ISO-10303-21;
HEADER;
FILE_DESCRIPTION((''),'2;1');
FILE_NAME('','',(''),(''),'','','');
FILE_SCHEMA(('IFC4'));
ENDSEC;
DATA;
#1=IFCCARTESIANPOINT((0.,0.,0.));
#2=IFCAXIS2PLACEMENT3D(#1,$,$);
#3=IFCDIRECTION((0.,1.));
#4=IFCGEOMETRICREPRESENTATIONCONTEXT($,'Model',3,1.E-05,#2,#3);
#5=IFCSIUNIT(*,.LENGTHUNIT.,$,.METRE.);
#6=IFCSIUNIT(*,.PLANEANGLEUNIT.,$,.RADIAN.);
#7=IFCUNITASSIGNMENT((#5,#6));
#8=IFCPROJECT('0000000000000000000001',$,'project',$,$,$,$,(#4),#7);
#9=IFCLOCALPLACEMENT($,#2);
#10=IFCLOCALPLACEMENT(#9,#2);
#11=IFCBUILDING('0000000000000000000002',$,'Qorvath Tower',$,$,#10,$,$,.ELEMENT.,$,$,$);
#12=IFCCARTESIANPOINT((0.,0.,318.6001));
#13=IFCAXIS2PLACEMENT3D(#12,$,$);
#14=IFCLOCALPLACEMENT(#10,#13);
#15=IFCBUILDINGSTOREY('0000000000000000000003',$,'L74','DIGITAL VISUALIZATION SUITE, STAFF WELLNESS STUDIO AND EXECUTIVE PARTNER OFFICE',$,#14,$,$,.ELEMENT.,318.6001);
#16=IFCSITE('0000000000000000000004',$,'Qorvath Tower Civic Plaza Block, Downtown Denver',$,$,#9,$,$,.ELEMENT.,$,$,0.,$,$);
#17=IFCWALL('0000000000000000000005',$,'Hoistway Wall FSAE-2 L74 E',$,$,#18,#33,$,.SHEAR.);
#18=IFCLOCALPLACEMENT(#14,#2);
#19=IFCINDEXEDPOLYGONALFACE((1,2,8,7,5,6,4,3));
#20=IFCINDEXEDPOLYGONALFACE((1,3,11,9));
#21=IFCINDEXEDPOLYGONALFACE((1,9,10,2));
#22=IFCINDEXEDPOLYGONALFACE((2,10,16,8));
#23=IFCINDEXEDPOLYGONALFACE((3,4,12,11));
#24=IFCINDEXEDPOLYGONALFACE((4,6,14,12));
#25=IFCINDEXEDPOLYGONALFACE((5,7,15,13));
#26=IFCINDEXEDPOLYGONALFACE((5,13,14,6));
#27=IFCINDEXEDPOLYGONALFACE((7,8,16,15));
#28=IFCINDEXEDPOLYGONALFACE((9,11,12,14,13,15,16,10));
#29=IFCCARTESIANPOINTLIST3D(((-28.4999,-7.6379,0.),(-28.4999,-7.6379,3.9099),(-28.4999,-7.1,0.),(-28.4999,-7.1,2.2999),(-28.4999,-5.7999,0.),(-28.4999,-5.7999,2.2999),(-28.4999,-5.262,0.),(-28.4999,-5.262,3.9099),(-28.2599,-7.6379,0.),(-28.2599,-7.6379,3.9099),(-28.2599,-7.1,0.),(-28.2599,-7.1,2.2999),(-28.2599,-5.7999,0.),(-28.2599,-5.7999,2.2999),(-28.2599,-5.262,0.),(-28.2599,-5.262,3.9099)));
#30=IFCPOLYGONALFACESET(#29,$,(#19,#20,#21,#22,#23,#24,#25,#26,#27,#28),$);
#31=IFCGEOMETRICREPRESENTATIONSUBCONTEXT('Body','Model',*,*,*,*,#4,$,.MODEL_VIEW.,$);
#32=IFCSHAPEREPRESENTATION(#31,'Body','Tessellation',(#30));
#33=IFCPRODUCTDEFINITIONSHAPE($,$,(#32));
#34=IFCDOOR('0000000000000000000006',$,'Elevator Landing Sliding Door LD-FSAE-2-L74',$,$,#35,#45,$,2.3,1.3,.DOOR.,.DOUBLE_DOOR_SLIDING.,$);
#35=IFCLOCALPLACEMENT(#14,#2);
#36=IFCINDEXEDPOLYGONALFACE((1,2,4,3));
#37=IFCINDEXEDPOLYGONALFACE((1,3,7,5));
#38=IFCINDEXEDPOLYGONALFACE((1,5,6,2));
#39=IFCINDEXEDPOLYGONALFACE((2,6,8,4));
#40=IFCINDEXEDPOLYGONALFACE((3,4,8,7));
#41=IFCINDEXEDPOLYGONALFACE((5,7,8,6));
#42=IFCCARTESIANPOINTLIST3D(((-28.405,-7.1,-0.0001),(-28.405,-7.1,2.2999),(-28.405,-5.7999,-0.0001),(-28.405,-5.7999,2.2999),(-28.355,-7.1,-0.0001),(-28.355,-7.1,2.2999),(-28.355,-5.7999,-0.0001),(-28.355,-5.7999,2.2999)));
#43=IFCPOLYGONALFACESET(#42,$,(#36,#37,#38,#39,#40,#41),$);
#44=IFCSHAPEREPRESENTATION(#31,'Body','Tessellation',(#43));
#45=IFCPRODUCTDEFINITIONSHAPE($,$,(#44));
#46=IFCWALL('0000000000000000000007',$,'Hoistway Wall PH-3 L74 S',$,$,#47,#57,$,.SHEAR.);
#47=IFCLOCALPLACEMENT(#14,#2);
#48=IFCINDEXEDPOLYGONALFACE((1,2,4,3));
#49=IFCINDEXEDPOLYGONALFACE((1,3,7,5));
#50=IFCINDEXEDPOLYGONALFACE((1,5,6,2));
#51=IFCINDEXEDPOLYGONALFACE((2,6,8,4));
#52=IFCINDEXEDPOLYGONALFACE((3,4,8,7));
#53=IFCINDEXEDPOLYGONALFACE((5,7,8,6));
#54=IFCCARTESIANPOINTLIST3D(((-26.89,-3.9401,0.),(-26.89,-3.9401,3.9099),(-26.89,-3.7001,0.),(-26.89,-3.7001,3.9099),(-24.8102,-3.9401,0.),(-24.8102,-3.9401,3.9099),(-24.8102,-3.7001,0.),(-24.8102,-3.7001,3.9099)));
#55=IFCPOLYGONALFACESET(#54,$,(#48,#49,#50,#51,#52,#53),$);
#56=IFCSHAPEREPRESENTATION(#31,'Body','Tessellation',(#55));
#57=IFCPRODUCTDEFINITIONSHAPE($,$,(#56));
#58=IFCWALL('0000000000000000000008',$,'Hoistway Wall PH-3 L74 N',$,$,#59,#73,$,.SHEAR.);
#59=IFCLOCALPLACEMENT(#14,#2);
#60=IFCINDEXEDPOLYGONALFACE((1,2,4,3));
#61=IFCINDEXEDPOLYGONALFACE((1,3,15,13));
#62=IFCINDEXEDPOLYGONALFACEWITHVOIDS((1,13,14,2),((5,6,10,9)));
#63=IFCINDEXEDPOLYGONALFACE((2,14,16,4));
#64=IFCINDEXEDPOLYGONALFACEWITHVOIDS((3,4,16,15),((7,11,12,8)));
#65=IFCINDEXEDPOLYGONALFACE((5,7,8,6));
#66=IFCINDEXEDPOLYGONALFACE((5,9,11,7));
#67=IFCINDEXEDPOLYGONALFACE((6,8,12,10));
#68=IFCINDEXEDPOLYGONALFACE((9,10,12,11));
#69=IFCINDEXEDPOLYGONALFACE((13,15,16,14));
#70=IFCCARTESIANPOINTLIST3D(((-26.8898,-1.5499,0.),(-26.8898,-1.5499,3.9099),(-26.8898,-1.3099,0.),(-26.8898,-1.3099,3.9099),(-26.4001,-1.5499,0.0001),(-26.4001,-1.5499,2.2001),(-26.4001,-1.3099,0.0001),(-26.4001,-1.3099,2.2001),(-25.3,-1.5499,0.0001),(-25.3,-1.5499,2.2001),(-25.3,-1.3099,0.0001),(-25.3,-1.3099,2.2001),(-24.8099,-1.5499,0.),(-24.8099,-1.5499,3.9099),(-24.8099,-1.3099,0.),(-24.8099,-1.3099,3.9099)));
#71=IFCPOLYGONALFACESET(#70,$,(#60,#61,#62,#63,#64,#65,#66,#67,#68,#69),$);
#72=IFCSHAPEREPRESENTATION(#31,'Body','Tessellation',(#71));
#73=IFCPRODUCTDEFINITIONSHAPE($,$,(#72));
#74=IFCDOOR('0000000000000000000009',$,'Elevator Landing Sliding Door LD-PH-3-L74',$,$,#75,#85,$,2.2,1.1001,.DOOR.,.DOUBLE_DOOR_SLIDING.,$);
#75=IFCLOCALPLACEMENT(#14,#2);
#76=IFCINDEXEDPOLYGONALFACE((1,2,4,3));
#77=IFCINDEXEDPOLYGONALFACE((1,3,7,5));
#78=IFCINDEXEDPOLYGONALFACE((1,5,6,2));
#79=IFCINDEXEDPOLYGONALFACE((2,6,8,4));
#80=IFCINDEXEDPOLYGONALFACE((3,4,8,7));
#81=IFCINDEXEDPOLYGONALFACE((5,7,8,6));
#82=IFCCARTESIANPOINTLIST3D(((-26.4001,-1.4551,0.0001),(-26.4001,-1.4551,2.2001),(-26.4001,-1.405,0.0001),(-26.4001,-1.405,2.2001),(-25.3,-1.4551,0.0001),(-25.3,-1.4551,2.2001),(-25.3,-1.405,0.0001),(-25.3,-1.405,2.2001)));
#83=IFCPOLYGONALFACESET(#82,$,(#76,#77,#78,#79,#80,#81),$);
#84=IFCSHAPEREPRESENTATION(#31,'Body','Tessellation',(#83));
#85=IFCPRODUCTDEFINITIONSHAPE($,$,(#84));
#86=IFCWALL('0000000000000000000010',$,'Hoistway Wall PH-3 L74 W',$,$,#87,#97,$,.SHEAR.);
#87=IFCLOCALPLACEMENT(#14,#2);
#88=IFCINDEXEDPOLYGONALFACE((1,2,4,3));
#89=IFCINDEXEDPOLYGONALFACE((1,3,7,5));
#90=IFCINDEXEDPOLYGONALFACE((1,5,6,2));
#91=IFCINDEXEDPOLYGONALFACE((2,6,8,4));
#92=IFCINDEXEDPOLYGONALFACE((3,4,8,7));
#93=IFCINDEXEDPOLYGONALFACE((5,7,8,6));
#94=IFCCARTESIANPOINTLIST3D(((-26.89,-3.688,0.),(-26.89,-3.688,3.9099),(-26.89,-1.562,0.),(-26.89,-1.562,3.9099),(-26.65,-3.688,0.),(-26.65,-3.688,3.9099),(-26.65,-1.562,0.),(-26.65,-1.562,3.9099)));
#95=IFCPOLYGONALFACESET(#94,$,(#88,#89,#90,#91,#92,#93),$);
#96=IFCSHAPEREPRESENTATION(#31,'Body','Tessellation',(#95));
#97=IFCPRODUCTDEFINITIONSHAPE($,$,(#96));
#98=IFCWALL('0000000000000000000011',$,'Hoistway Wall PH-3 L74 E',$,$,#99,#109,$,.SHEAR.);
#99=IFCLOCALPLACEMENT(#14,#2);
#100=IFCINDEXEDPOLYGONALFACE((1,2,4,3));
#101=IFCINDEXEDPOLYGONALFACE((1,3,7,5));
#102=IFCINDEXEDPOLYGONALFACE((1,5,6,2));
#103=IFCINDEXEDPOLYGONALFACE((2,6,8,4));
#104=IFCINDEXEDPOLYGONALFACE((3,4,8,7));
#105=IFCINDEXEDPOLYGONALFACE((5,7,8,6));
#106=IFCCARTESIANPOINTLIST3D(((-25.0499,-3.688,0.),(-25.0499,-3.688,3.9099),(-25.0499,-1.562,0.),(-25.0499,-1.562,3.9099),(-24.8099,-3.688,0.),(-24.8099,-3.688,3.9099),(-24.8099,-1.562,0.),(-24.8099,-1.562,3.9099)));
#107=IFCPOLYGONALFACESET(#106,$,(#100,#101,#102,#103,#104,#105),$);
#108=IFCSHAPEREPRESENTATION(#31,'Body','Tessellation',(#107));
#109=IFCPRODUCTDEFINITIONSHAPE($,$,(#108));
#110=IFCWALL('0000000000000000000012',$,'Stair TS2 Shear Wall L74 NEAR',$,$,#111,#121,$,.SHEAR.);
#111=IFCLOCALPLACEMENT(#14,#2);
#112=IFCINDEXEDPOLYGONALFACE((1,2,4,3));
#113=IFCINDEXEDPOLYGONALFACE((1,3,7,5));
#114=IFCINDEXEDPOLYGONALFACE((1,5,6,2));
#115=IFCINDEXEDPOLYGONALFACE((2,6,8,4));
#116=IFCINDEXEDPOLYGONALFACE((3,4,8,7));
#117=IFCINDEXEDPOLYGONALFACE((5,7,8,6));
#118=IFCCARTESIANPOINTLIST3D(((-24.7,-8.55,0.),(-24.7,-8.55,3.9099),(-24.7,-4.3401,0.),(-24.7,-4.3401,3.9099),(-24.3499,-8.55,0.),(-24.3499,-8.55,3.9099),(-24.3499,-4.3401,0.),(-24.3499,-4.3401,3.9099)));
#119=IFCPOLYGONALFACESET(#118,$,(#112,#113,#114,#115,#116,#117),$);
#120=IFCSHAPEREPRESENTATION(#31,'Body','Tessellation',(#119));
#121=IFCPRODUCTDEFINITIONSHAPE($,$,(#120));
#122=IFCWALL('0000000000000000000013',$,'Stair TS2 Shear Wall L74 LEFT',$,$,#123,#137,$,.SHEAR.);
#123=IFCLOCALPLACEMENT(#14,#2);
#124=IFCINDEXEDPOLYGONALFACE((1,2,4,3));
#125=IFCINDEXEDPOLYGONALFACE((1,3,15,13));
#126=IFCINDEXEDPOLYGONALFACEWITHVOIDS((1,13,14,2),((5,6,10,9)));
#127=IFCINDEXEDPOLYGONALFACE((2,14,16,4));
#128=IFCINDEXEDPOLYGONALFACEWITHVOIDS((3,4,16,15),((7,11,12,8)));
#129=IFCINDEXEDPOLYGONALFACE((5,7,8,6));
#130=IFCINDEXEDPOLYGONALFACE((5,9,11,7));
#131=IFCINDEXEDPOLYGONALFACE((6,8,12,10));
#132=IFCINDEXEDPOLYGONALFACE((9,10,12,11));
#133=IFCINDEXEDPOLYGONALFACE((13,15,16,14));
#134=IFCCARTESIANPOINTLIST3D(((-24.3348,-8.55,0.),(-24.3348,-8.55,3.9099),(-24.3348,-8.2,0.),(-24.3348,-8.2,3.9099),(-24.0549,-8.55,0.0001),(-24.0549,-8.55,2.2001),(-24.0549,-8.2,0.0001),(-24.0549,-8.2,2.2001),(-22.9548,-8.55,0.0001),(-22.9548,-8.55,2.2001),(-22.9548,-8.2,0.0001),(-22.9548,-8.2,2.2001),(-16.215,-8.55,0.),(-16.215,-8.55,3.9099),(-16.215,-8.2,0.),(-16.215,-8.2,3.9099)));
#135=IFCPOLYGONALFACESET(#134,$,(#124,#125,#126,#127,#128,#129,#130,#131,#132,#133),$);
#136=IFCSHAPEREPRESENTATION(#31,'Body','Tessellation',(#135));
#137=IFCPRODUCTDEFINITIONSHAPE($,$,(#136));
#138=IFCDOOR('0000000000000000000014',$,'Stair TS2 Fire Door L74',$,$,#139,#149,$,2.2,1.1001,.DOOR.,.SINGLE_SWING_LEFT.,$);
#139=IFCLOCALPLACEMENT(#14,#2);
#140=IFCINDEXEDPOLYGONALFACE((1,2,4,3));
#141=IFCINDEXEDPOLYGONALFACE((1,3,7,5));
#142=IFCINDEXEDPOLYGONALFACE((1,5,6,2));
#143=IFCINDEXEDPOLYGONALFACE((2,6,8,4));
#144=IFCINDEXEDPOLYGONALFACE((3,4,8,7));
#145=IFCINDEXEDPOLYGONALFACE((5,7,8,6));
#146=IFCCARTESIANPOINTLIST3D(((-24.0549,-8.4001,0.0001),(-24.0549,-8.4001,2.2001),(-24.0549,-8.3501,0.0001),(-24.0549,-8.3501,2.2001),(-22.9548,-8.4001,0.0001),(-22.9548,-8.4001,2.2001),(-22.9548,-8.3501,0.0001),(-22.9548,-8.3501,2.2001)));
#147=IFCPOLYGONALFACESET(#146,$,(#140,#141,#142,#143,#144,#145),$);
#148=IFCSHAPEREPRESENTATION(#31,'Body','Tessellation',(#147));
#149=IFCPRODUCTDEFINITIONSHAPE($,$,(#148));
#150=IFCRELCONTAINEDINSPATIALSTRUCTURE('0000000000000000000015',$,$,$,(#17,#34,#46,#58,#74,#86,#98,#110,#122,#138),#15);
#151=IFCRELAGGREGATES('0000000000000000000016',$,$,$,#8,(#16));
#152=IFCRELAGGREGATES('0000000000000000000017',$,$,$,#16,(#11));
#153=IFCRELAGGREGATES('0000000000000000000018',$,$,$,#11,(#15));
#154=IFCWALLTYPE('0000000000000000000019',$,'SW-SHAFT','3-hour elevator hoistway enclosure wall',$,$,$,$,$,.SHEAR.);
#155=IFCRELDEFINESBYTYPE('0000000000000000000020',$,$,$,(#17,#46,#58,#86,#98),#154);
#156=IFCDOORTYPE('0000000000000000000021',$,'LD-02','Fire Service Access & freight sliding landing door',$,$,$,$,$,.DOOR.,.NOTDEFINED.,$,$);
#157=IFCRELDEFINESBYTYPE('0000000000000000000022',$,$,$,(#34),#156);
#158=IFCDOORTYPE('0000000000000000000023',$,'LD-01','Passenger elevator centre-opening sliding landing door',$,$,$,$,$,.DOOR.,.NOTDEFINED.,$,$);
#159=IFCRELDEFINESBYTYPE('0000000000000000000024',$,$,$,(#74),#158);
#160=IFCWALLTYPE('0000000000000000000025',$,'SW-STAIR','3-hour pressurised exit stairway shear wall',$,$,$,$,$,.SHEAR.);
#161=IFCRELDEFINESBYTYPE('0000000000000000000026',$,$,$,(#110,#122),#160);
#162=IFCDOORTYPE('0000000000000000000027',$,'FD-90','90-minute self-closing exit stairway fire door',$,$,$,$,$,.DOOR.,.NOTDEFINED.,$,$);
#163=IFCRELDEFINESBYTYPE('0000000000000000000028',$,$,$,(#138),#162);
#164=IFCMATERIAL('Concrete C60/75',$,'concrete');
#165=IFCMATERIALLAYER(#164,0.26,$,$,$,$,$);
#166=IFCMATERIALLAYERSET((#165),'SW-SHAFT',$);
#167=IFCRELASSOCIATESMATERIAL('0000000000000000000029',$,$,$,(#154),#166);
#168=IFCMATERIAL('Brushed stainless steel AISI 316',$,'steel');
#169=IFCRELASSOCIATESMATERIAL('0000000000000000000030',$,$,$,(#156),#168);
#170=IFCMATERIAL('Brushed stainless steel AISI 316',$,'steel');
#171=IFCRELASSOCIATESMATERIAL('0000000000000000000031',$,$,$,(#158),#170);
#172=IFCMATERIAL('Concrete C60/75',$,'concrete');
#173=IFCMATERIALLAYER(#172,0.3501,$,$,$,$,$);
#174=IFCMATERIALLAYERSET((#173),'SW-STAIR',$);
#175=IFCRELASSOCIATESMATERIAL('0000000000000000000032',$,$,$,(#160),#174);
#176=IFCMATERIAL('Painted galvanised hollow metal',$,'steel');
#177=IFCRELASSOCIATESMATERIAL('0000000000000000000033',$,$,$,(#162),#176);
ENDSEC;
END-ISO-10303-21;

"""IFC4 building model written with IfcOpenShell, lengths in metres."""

from ifc_helpers import new_model, si_unit, direction, frame, frame_2d, origin, place, context, subcontext, project, spatial, rectangle, extrude, material, layer, layer_set, type_object, element, fill, save


model = new_model("IFC4")

# Units and contexts
model_context = context("Model", 3, precision=1e-05, world=origin(), true_north=direction((0.0, 1.0)))
body_context = subcontext(model_context, "Body", "Model", "MODEL_VIEW")
ifc_project = project(units=[si_unit("LENGTHUNIT", "METRE"), si_unit("PLANEANGLEUNIT", "RADIAN")], contexts=[model_context])

# Site, building, storey
site_placement = place(None, origin())
site = spatial("IfcSite", under=ifc_project, at=site_placement, Name="Qorvath Tower Civic Plaza Block, Downtown Denver", CompositionType="ELEMENT", RefElevation=0.0)
building_placement = place(site_placement, origin())
building = spatial("IfcBuilding", under=site, at=building_placement, Name="Qorvath Tower", CompositionType="ELEMENT")
storey_placement = place(building_placement, frame((0.0, 0.0, 318.6001)))
storey = spatial("IfcBuildingStorey", under=building, at=storey_placement, Name="L74", Description="DIGITAL VISUALIZATION SUITE, STAFF WELLNESS STUDIO AND EXECUTIVE PARTNER OFFICE", CompositionType="ELEMENT", Elevation=318.6001)

# Shared definitions
ifc_material_1 = material(Name="Concrete C60/75", Category="concrete")
ifc_layer_1 = layer(ifc_material_1, 0.26)
ifc_layer_set_1 = layer_set([ifc_layer_1], Name="SW-SHAFT")
wall_type_1 = type_object("IfcWallType", Name="SW-SHAFT", Description="3-hour elevator hoistway enclosure wall", PredefinedType="SHEAR", material=ifc_layer_set_1)

# Wall, opening, door
wall_1_placement = place(storey_placement, frame((-28.3799, -5.262, 0.0), z_axis=(0.0, 0.0, 1.0), x_axis=(0.0, -1.0, 0.0)))
wall_1 = element("IfcWall", 1, at=wall_1_placement, inside=storey, type_object=wall_type_1, Name="Hoistway Wall FSAE-2 L74 E", PredefinedType="SHEAR", context=body_context, shape_type="SweptSolid", body=[
    extrude(rectangle(XDim=2.376, YDim=0.24, at=frame_2d((1.188, 0.0))), origin(), (0.0, 0.0, 1.0), 3.9099),
])
opening_1_placement = place(wall_1_placement, frame((0.5381, 0.0, 0.0)))
opening_1 = element("IfcOpeningElement", 2, at=opening_1_placement, cuts=wall_1, PredefinedType="OPENING", context=body_context, shape_type="SweptSolid", body=[
    extrude(rectangle(XDim=1.3, YDim=2.3, at=frame_2d((0.6499, 1.1499))), frame((0.0, 0.1299, 0.0), z_axis=(0.0, -1.0, 0.0), x_axis=(1.0, 0.0, 0.0)), (0.0, 0.0, 1.0), 0.26),
])
ifc_material_2 = material(Name="Brushed stainless steel AISI 316", Category="steel")
door_type_1 = type_object("IfcDoorType", Name="LD-02", Description="Fire Service Access & freight sliding landing door", OperationType="NOTDEFINED", PredefinedType="DOOR", material=ifc_material_2)
door_1_placement = place(opening_1_placement, origin())
door_1 = element("IfcDoor", 3, at=door_1_placement, inside=storey, type_object=door_type_1, Name="Elevator Landing Sliding Door LD-FSAE-2-L74", OperationType="DOUBLE_DOOR_SLIDING", OverallHeight=2.3, OverallWidth=1.3, PredefinedType="DOOR", context=body_context, shape_type="SweptSolid", body=[
    extrude(rectangle(XDim=1.3, YDim=2.3, at=frame_2d((0.6499, 1.1499))), frame((0.0, 0.0249, 0.0), z_axis=(0.0, -1.0, 0.0), x_axis=(1.0, 0.0, 0.0)), (0.0, 0.0, 1.0), 0.05),
])
fill(opening_1, door_1)

# Wall
wall_2_placement = place(storey_placement, frame((-24.8101, -3.8201, 0.0), z_axis=(0.0, 0.0, 1.0), x_axis=(-1.0, 0.0, 0.0)))
element("IfcWall", 4, at=wall_2_placement, inside=storey, type_object=wall_type_1, Name="Hoistway Wall PH-3 L74 S", PredefinedType="SHEAR", context=body_context, shape_type="SweptSolid", body=[
    extrude(rectangle(XDim=2.0798, YDim=0.24, at=frame_2d((1.04, 0.0))), origin(), (0.0, 0.0, 1.0), 3.9099),
])

# Wall, opening, door
wall_3_placement = place(storey_placement, frame((-26.8899, -1.4299, 0.0), z_axis=(0.0, 0.0, 1.0), x_axis=(1.0, 0.0, 0.0)))
wall_3 = element("IfcWall", 5, at=wall_3_placement, inside=storey, type_object=wall_type_1, Name="Hoistway Wall PH-3 L74 N", PredefinedType="SHEAR", context=body_context, shape_type="SweptSolid", body=[
    extrude(rectangle(XDim=2.0798, YDim=0.24, at=frame_2d((1.04, 0.0))), origin(), (0.0, 0.0, 1.0), 3.9099),
])
opening_2_placement = place(wall_3_placement, frame((0.4897, 0.0, 0.0)))
opening_2 = element("IfcOpeningElement", 6, at=opening_2_placement, cuts=wall_3, PredefinedType="OPENING", context=body_context, shape_type="SweptSolid", body=[
    extrude(rectangle(XDim=1.1001, YDim=2.2, at=frame_2d((0.55, 1.1001))), frame((0.0, 0.1299, 0.0), z_axis=(0.0, -1.0, 0.0), x_axis=(1.0, 0.0, 0.0)), (0.0, 0.0, 1.0), 0.26),
])
ifc_material_3 = material(Name="Brushed stainless steel AISI 316", Category="steel")
door_type_2 = type_object("IfcDoorType", Name="LD-01", Description="Passenger elevator centre-opening sliding landing door", OperationType="NOTDEFINED", PredefinedType="DOOR", material=ifc_material_3)
door_2_placement = place(opening_2_placement, origin())
door_2 = element("IfcDoor", 7, at=door_2_placement, inside=storey, type_object=door_type_2, Name="Elevator Landing Sliding Door LD-PH-3-L74", OperationType="DOUBLE_DOOR_SLIDING", OverallHeight=2.2, OverallWidth=1.1001, PredefinedType="DOOR", context=body_context, shape_type="SweptSolid", body=[
    extrude(rectangle(XDim=1.1001, YDim=2.2, at=frame_2d((0.55, 1.1001))), frame((0.0, 0.0249, 0.0), z_axis=(0.0, -1.0, 0.0), x_axis=(1.0, 0.0, 0.0)), (0.0, 0.0, 1.0), 0.05),
])
fill(opening_2, door_2)

# Walls
for number, where, z_axis, x_axis, name in (
    (8, (-26.77, -3.688, 0.0), (0.0, 0.0, 1.0), (0.0, 1.0, 0.0), "Hoistway Wall PH-3 L74 W"),
    (9, (-24.9299, -1.562, 0.0), (0.0, 0.0, 1.0), (0.0, -1.0, 0.0), "Hoistway Wall PH-3 L74 E"),
):
    element("IfcWall", number, at=place(storey_placement, frame(where, z_axis=z_axis, x_axis=x_axis)), inside=storey, type_object=wall_type_1, Name=name, PredefinedType="SHEAR", context=body_context, shape_type="SweptSolid", body=[
        extrude(rectangle(XDim=2.126, YDim=0.24, at=frame_2d((1.063, 0.0))), origin(), (0.0, 0.0, 1.0), 3.9099),
    ])
ifc_material_4 = material(Name="Concrete C60/75", Category="concrete")
ifc_layer_2 = layer(ifc_material_4, 0.3501)
ifc_layer_set_2 = layer_set([ifc_layer_2], Name="SW-STAIR")
wall_type_2 = type_object("IfcWallType", Name="SW-STAIR", Description="3-hour pressurised exit stairway shear wall", PredefinedType="SHEAR", material=ifc_layer_set_2)
wall_4_placement = place(storey_placement, frame((-24.5249, -4.3401, 0.0), z_axis=(0.0, 0.0, 1.0), x_axis=(0.0, -1.0, 0.0)))
element("IfcWall", 10, at=wall_4_placement, inside=storey, type_object=wall_type_2, Name="Stair TS2 Shear Wall L74 NEAR", PredefinedType="SHEAR", context=body_context, shape_type="SweptSolid", body=[
    extrude(rectangle(XDim=4.21, YDim=0.3501, at=frame_2d((2.105, 0.0))), origin(), (0.0, 0.0, 1.0), 3.9099),
])

# Wall, opening, door
wall_5_placement = place(storey_placement, frame((-24.335, -8.375, 0.0), z_axis=(0.0, 0.0, 1.0), x_axis=(1.0, 0.0, 0.0)))
wall_5 = element("IfcWall", 11, at=wall_5_placement, inside=storey, type_object=wall_type_2, Name="Stair TS2 Shear Wall L74 LEFT", PredefinedType="SHEAR", context=body_context, shape_type="SweptSolid", body=[
    extrude(rectangle(XDim=8.1199, YDim=0.3501, at=frame_2d((4.0601, 0.0))), origin(), (0.0, 0.0, 1.0), 3.9099),
])
opening_3_placement = place(wall_5_placement, frame((0.28, 0.0, 0.0)))
opening_3 = element("IfcOpeningElement", 12, at=opening_3_placement, cuts=wall_5, PredefinedType="OPENING", context=body_context, shape_type="SweptSolid", body=[
    extrude(rectangle(XDim=1.1001, YDim=2.2, at=frame_2d((0.55, 1.1001))), frame((0.0, 0.1851, 0.0), z_axis=(0.0, -1.0, 0.0), x_axis=(1.0, 0.0, 0.0)), (0.0, 0.0, 1.0), 0.3701),
])
ifc_material_5 = material(Name="Painted galvanised hollow metal", Category="steel")
door_type_3 = type_object("IfcDoorType", Name="FD-90", Description="90-minute self-closing exit stairway fire door", OperationType="NOTDEFINED", PredefinedType="DOOR", material=ifc_material_5)
door_3_placement = place(opening_3_placement, origin())
door_3 = element("IfcDoor", 13, at=door_3_placement, inside=storey, type_object=door_type_3, Name="Stair TS2 Fire Door L74", OperationType="SINGLE_SWING_LEFT", OverallHeight=2.2, OverallWidth=1.1001, PredefinedType="DOOR", context=body_context, shape_type="SweptSolid", body=[
    extrude(rectangle(XDim=1.1001, YDim=2.2, at=frame_2d((0.55, 1.1001))), frame((0.0, 0.0249, 0.0), z_axis=(0.0, -1.0, 0.0), x_axis=(1.0, 0.0, 0.0)), (0.0, 0.0, 1.0), 0.05),
])
fill(opening_3, door_3)

save(model, "model.ifc")
